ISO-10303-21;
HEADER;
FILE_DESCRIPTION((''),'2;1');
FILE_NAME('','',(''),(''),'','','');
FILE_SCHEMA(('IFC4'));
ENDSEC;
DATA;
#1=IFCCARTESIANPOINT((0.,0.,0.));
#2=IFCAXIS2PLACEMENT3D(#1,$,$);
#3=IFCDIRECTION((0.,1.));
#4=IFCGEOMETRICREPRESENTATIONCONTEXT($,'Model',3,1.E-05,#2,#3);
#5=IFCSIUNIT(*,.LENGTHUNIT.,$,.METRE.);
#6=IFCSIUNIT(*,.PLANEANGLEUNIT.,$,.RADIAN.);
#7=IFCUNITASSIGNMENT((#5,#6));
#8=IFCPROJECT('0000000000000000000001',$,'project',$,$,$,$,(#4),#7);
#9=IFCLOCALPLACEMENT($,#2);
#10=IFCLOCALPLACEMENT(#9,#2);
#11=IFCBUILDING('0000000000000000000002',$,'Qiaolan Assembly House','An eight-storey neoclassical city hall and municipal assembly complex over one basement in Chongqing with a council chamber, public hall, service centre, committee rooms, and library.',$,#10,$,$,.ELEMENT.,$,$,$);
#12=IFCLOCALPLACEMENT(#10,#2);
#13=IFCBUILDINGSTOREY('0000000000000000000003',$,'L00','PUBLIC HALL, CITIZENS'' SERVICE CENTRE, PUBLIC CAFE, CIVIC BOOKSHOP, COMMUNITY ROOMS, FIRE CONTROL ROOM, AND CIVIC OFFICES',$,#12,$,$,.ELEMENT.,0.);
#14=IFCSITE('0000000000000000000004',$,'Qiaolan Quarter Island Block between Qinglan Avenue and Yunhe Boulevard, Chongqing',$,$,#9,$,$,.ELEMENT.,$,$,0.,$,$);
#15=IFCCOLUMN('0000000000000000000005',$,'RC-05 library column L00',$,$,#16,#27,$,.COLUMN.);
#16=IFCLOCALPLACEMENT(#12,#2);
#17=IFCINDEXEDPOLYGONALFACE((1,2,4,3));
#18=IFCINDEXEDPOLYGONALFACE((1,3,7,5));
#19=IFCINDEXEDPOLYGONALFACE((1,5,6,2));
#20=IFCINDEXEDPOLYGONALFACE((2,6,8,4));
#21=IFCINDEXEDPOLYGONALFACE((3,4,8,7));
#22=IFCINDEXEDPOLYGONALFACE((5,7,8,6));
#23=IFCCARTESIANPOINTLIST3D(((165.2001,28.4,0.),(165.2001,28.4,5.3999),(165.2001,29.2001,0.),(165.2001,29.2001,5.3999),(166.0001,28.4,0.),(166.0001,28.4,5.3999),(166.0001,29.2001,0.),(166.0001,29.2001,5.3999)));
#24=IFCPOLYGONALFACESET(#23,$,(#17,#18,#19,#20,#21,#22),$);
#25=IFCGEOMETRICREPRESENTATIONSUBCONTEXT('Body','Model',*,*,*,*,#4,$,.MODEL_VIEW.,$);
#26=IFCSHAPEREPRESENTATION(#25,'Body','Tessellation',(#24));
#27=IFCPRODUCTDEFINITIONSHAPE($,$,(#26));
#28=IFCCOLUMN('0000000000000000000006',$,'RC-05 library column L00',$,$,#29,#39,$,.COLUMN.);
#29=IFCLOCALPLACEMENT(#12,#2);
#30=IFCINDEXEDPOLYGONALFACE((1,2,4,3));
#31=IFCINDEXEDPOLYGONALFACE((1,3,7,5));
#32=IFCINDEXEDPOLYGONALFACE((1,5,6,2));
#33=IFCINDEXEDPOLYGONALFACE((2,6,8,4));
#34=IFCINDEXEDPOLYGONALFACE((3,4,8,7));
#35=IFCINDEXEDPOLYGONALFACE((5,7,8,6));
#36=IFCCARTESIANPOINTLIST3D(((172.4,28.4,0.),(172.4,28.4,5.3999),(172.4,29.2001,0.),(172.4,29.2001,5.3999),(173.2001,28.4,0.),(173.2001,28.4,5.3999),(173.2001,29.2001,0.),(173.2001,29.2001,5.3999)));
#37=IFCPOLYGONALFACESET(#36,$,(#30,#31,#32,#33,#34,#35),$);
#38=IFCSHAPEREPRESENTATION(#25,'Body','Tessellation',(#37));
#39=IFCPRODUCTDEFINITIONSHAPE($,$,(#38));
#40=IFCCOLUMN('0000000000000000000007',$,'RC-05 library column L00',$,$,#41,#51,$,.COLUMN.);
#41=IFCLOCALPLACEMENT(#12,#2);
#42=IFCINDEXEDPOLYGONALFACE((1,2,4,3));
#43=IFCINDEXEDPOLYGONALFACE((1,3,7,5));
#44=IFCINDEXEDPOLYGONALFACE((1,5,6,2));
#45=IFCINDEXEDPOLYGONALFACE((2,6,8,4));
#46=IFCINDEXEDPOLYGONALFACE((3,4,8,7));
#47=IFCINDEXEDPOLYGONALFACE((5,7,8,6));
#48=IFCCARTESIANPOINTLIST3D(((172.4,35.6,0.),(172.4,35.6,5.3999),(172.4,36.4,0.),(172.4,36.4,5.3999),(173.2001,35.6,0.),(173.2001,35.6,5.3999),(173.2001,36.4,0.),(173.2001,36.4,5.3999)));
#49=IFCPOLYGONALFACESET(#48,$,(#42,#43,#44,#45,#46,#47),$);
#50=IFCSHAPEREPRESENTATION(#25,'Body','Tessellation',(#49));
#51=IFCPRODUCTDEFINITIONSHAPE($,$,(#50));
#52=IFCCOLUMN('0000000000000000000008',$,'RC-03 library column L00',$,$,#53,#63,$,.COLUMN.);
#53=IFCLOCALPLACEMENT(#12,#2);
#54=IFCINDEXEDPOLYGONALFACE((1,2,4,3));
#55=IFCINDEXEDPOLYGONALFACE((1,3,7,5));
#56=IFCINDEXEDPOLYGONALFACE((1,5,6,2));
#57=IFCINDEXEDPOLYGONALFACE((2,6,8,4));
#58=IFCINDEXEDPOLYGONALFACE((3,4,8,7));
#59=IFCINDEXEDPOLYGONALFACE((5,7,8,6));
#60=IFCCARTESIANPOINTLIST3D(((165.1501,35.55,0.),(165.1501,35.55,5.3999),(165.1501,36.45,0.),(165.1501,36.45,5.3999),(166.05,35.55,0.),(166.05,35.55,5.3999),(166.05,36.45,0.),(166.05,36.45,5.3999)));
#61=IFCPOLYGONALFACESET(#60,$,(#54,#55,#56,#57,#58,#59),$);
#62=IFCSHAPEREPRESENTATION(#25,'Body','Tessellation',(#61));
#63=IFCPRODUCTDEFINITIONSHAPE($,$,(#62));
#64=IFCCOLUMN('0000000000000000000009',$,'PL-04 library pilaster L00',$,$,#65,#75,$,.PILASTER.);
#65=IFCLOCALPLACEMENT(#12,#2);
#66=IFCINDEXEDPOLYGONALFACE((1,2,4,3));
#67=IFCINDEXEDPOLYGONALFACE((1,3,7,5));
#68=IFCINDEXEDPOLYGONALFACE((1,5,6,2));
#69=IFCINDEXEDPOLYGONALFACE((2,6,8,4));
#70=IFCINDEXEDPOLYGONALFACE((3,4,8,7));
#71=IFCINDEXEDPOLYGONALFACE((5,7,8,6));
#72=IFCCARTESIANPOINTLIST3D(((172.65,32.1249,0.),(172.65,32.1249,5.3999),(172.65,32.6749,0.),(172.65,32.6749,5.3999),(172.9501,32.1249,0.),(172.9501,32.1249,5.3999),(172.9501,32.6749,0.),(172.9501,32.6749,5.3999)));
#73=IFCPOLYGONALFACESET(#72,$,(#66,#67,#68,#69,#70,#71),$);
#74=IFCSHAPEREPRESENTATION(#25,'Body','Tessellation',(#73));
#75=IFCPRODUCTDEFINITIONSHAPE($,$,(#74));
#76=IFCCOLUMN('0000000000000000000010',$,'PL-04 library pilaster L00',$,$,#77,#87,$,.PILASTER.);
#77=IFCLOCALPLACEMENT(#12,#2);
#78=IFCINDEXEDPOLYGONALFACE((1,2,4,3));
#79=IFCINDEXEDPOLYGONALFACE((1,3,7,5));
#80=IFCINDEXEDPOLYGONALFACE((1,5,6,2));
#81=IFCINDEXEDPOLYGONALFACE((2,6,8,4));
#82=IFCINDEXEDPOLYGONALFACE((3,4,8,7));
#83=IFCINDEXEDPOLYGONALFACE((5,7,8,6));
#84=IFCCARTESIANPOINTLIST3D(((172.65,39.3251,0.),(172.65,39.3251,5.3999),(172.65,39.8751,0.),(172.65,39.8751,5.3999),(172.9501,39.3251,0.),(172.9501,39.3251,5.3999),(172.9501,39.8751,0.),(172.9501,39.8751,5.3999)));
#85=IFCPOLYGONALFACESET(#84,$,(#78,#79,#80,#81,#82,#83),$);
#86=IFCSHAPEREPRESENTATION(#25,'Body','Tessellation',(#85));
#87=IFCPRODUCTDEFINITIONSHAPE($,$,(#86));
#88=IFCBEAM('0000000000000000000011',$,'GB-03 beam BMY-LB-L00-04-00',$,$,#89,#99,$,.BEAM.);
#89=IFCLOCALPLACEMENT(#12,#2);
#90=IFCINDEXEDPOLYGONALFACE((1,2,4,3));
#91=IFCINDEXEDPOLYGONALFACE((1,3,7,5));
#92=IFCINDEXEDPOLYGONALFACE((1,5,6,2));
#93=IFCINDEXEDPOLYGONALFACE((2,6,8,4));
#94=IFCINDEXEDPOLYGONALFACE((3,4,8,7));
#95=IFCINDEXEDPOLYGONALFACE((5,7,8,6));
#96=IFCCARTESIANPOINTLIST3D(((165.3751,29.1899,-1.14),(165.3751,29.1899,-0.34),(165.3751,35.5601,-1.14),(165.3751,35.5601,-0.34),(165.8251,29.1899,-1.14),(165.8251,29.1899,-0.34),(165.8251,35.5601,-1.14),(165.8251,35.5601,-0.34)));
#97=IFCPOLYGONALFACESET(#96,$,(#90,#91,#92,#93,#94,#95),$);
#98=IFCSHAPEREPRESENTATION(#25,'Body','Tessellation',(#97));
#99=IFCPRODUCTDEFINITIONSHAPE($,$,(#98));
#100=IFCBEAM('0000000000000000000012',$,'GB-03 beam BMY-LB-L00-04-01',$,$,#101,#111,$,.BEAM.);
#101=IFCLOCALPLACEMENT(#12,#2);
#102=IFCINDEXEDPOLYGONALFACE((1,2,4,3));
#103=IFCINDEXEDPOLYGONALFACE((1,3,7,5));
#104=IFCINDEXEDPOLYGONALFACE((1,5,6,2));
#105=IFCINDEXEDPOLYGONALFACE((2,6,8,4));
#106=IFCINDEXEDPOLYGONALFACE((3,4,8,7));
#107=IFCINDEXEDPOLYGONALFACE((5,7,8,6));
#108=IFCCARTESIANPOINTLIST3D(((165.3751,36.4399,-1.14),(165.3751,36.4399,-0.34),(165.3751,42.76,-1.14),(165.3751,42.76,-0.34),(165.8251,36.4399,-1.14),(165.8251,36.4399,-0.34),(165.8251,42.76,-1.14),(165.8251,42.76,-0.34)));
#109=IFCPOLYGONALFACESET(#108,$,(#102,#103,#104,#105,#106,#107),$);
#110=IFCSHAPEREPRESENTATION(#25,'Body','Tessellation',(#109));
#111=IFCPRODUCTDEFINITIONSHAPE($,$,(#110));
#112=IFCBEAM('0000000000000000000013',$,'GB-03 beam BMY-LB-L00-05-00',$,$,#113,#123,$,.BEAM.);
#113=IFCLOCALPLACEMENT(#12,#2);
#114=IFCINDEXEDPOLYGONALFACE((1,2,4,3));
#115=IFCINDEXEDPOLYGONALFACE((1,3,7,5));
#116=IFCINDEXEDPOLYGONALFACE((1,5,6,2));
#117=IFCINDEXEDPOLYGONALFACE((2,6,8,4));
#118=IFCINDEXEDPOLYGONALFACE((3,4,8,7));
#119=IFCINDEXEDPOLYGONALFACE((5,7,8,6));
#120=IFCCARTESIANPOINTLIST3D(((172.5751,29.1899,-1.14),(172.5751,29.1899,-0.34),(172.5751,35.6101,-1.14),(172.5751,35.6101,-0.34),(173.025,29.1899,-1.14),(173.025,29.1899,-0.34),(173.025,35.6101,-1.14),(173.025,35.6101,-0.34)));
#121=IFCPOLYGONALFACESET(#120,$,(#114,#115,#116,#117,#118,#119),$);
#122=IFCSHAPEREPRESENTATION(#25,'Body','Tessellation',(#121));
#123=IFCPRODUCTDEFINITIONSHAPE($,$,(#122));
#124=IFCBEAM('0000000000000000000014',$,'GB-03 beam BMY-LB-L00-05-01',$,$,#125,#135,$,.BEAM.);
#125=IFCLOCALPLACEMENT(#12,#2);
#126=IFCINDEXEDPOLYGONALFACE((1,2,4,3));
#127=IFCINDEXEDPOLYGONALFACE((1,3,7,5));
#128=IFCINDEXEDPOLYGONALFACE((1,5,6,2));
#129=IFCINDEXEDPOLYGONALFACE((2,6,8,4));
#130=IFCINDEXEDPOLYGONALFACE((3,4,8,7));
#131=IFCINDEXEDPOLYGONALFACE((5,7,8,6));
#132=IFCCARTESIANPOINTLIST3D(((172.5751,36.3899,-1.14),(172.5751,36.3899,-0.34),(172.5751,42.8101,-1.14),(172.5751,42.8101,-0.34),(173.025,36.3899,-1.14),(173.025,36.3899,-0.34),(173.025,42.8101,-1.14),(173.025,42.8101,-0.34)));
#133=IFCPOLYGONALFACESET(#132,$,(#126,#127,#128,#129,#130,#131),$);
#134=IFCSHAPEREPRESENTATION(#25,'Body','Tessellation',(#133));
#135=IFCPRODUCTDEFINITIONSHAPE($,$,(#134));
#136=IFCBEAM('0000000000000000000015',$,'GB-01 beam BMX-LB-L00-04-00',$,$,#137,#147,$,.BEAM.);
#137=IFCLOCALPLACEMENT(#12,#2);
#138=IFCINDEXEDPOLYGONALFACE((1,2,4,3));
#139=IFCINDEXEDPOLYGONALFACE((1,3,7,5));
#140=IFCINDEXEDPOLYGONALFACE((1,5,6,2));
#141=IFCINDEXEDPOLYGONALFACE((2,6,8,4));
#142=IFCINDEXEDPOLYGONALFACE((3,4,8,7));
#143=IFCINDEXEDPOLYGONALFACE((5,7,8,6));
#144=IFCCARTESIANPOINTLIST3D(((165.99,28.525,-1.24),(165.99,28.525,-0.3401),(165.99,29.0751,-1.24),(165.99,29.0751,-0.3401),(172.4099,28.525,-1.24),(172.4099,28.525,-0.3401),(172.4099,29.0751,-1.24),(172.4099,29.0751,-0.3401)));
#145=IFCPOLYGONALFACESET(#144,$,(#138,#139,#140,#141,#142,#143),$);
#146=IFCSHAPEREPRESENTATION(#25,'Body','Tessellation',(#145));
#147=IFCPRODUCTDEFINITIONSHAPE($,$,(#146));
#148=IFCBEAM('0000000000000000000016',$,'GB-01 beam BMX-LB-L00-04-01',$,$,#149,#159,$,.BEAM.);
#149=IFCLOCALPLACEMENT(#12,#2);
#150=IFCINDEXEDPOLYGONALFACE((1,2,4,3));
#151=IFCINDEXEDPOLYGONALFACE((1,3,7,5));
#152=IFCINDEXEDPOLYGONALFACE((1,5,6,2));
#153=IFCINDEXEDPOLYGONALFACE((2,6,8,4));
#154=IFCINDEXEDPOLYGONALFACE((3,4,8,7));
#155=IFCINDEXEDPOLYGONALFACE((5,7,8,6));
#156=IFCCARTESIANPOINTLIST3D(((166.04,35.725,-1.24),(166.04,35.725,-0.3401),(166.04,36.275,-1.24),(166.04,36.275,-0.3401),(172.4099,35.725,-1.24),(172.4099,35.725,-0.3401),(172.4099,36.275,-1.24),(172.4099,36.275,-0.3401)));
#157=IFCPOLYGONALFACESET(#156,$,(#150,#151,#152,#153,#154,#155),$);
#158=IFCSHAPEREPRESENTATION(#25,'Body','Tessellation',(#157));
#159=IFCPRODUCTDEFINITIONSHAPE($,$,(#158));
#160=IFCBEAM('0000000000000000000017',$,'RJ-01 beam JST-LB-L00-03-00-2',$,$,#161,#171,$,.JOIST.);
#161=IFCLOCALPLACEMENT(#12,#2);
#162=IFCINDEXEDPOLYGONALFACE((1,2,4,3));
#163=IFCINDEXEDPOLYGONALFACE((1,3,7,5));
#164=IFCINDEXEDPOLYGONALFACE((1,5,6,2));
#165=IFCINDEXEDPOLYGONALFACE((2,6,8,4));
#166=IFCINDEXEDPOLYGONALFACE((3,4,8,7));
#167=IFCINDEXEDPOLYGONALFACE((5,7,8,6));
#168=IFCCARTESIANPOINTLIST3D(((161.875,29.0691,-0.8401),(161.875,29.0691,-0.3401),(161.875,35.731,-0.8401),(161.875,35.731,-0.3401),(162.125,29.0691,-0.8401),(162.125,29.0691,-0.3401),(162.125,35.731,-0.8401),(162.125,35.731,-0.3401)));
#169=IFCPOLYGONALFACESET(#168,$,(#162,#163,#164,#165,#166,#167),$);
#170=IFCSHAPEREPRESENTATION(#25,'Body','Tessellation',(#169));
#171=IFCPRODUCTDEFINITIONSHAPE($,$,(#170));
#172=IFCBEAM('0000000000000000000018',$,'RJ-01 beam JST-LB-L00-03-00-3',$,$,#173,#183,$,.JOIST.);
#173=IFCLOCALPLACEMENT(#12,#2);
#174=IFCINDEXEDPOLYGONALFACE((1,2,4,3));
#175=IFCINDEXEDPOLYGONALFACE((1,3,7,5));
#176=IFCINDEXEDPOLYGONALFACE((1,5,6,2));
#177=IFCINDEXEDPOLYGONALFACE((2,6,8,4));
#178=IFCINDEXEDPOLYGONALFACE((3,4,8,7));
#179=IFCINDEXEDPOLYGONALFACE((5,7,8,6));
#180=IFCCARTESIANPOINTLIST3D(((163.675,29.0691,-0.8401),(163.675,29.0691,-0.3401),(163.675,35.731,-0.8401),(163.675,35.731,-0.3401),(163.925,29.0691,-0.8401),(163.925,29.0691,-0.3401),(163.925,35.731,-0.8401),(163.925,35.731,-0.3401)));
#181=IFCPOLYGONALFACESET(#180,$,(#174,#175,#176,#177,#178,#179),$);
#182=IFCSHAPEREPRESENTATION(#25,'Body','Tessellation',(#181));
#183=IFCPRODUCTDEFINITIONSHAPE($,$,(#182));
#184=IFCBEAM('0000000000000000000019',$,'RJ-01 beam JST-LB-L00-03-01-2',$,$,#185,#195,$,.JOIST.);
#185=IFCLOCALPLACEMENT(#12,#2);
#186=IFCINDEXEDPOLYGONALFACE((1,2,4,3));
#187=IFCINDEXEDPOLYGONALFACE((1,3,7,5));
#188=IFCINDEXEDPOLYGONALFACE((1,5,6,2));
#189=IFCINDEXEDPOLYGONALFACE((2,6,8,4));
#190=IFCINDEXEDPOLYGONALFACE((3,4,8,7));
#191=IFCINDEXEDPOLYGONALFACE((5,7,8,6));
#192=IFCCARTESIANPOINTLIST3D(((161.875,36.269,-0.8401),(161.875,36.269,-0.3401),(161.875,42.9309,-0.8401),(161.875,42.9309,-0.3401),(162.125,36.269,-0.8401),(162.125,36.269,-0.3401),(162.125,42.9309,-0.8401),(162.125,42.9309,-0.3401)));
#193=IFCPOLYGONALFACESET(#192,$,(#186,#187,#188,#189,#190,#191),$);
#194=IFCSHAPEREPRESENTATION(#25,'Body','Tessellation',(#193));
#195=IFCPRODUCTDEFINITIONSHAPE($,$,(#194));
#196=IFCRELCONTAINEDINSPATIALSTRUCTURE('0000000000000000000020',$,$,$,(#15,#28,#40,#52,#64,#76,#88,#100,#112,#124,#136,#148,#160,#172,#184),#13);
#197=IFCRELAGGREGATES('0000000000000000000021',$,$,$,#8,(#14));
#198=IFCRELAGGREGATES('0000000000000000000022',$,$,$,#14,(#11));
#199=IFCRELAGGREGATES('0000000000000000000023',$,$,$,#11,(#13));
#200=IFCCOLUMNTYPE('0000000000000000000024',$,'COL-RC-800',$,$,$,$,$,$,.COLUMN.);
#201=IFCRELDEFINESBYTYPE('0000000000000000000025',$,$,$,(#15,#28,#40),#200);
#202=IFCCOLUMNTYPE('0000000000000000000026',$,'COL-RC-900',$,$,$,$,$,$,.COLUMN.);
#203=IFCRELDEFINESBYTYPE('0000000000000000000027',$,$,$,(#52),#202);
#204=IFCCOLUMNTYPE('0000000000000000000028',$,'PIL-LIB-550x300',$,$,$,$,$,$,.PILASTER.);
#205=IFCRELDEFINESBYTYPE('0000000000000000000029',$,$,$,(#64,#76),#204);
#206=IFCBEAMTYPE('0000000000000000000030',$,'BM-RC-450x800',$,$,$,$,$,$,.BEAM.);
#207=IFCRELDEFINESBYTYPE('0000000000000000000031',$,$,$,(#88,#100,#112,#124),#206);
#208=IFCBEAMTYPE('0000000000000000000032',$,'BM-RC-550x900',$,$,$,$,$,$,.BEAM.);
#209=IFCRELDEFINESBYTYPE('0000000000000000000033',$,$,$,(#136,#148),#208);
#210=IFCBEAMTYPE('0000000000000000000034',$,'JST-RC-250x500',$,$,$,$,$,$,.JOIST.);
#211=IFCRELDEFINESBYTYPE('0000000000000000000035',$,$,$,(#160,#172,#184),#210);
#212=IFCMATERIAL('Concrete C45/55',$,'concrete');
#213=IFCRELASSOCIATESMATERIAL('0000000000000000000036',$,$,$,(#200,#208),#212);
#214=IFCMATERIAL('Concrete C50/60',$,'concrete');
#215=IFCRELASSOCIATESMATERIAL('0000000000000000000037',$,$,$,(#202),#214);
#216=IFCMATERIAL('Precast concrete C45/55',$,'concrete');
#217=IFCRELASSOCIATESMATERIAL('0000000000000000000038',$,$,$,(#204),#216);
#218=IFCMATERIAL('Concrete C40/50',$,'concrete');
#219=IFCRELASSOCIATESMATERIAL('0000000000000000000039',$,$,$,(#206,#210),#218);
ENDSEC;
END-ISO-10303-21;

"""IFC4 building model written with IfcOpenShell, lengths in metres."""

from ifc_helpers import new_model, si_unit, direction, frame, origin, origin_2d, place, context, subcontext, project, spatial, rectangle, extrude, material, material_profile, profile_set, type_object, element, save


model = new_model("IFC4")

# Units and contexts
model_context = context("Model", 3, precision=1e-05, world=origin(), true_north=direction((0.0, 1.0)))
body_context = subcontext(model_context, "Body", "Model", "MODEL_VIEW")
ifc_project = project(units=[si_unit("LENGTHUNIT", "METRE"), si_unit("PLANEANGLEUNIT", "RADIAN")], contexts=[model_context])

# Site, building, storey
site_placement = place(None, origin())
site = spatial("IfcSite", under=ifc_project, at=site_placement, Name="Qiaolan Quarter Island Block between Qinglan Avenue and Yunhe Boulevard, Chongqing", CompositionType="ELEMENT", RefElevation=0.0)
building_placement = place(site_placement, origin())
building = spatial("IfcBuilding", under=site, at=building_placement, Name="Qiaolan Assembly House", Description="An eight-storey neoclassical city hall and municipal assembly complex over one basement in Chongqing with a council chamber, public hall, service centre, committee rooms, and library.", CompositionType="ELEMENT")
storey_placement = place(building_placement, origin())
storey = spatial("IfcBuildingStorey", under=building, at=storey_placement, Name="L00", Description="PUBLIC HALL, CITIZENS' SERVICE CENTRE, PUBLIC CAFE, CIVIC BOOKSHOP, COMMUNITY ROOMS, FIRE CONTROL ROOM, AND CIVIC OFFICES", CompositionType="ELEMENT", Elevation=0.0)

# Columns
ifc_material_1 = material(Name="Concrete C45/55", Category="concrete")
ifc_material_profile_1 = material_profile(ifc_material_1, rectangle(XDim=0.8, YDim=0.8, at=origin_2d()), Name="RC 800x800")
ifc_profile_set_1 = profile_set([ifc_material_profile_1], Name="Concrete C45/55")
column_type_1 = type_object("IfcColumnType", Name="COL-RC-800", PredefinedType="COLUMN", material=ifc_profile_set_1)
for number, where, z_axis, x_axis, name in (
    (1, (165.6001, 28.8, 0.0), (0.0, 0.0, 1.0), (1.0, 0.0, 0.0), "RC-05 library column L00"),
    (2, (172.8, 28.8, 0.0), (0.0, 0.0, 1.0), (1.0, 0.0, 0.0), "RC-05 library column L00"),
    (3, (172.8, 36.0, 0.0), (0.0, 0.0, 1.0), (1.0, 0.0, 0.0), "RC-05 library column L00"),
):
    element("IfcColumn", number, at=place(storey_placement, frame(where, z_axis=z_axis, x_axis=x_axis)), inside=storey, type_object=column_type_1, Name=name, PredefinedType="COLUMN", context=body_context, shape_type="SweptSolid", body=[
        extrude(rectangle(XDim=0.8, YDim=0.8, at=origin_2d()), origin(), (0.0, 0.0, 1.0), 5.3999),
    ])
ifc_material_2 = material(Name="Concrete C50/60", Category="concrete")
ifc_material_profile_2 = material_profile(ifc_material_2, rectangle(XDim=0.8999, YDim=0.8999, at=origin_2d()), Name="RC 900x900")
ifc_profile_set_2 = profile_set([ifc_material_profile_2], Name="Concrete C50/60")
column_type_2 = type_object("IfcColumnType", Name="COL-RC-900", PredefinedType="COLUMN", material=ifc_profile_set_2)
column_placement = place(storey_placement, frame((165.6001, 36.0, 0.0), z_axis=(0.0, 0.0, 1.0), x_axis=(1.0, 0.0, 0.0)))
element("IfcColumn", 4, at=column_placement, inside=storey, type_object=column_type_2, Name="RC-03 library column L00", PredefinedType="COLUMN", context=body_context, shape_type="SweptSolid", body=[
    extrude(rectangle(XDim=0.8999, YDim=0.8999, at=origin_2d()), origin(), (0.0, 0.0, 1.0), 5.3999),
])
ifc_material_3 = material(Name="Precast concrete C45/55", Category="concrete")
ifc_material_profile_3 = material_profile(ifc_material_3, rectangle(XDim=0.55, YDim=0.3, at=origin_2d()), Name="PIL 550x300")
ifc_profile_set_3 = profile_set([ifc_material_profile_3], Name="Precast concrete C45/55")
column_type_3 = type_object("IfcColumnType", Name="PIL-LIB-550x300", PredefinedType="PILASTER", material=ifc_profile_set_3)
for number, where, z_axis, x_axis, name in (
    (5, (172.8, 32.3999, 0.0), (0.0, 0.0, 1.0), (0.0, 1.0, 0.0), "PL-04 library pilaster L00"),
    (6, (172.8, 39.6001, 0.0), (0.0, 0.0, 1.0), (0.0, 1.0, 0.0), "PL-04 library pilaster L00"),
):
    element("IfcColumn", number, at=place(storey_placement, frame(where, z_axis=z_axis, x_axis=x_axis)), inside=storey, type_object=column_type_3, Name=name, PredefinedType="PILASTER", context=body_context, shape_type="SweptSolid", body=[
        extrude(rectangle(XDim=0.55, YDim=0.3, at=origin_2d()), origin(), (0.0, 0.0, 1.0), 5.3999),
    ])

# Beams
ifc_material_4 = material(Name="Concrete C40/50", Category="concrete")
ifc_material_profile_4 = material_profile(ifc_material_4, rectangle(XDim=0.45, YDim=0.8, at=origin_2d()), Name="RCB 450x800")
ifc_profile_set_4 = profile_set([ifc_material_profile_4], Name="Concrete C40/50")
beam_type_1 = type_object("IfcBeamType", Name="BM-RC-450x800", PredefinedType="BEAM", material=ifc_profile_set_4)
beam_1_placement = place(storey_placement, frame((165.6001, 29.1899, -0.74), z_axis=(0.0, 1.0, 0.0), x_axis=(-1.0, 0.0, 0.0)))
element("IfcBeam", 7, at=beam_1_placement, inside=storey, type_object=beam_type_1, Name="GB-03 beam BMY-LB-L00-04-00", PredefinedType="BEAM", context=body_context, shape_type="SweptSolid", body=[
    extrude(rectangle(XDim=0.45, YDim=0.8, at=origin_2d()), origin(), (0.0, 0.0, 1.0), 6.3701),
])
beam_2_placement = place(storey_placement, frame((165.6001, 36.4399, -0.74), z_axis=(0.0, 1.0, 0.0), x_axis=(-1.0, 0.0, 0.0)))
element("IfcBeam", 8, at=beam_2_placement, inside=storey, type_object=beam_type_1, Name="GB-03 beam BMY-LB-L00-04-01", PredefinedType="BEAM", context=body_context, shape_type="SweptSolid", body=[
    extrude(rectangle(XDim=0.45, YDim=0.8, at=origin_2d()), origin(), (0.0, 0.0, 1.0), 6.3201),
])
for number, where, z_axis, x_axis, name in (
    (9, (172.8, 29.1899, -0.74), (0.0, 1.0, 0.0), (-1.0, 0.0, 0.0), "GB-03 beam BMY-LB-L00-05-00"),
    (10, (172.8, 36.3899, -0.74), (0.0, 1.0, 0.0), (-1.0, 0.0, 0.0), "GB-03 beam BMY-LB-L00-05-01"),
):
    element("IfcBeam", number, at=place(storey_placement, frame(where, z_axis=z_axis, x_axis=x_axis)), inside=storey, type_object=beam_type_1, Name=name, PredefinedType="BEAM", context=body_context, shape_type="SweptSolid", body=[
        extrude(rectangle(XDim=0.45, YDim=0.8, at=origin_2d()), origin(), (0.0, 0.0, 1.0), 6.4202),
    ])
ifc_material_profile_5 = material_profile(ifc_material_1, rectangle(XDim=0.55, YDim=0.8999, at=origin_2d()), Name="RCB 550x900")
ifc_profile_set_5 = profile_set([ifc_material_profile_5], Name="Concrete C45/55")
beam_type_2 = type_object("IfcBeamType", Name="BM-RC-550x900", PredefinedType="BEAM", material=ifc_profile_set_5)
beam_3_placement = place(storey_placement, frame((165.99, 28.8, -0.79), z_axis=(1.0, 0.0, 0.0), x_axis=(0.0, 1.0, 0.0)))
element("IfcBeam", 11, at=beam_3_placement, inside=storey, type_object=beam_type_2, Name="GB-01 beam BMX-LB-L00-04-00", PredefinedType="BEAM", context=body_context, shape_type="SweptSolid", body=[
    extrude(rectangle(XDim=0.55, YDim=0.8999, at=origin_2d()), origin(), (0.0, 0.0, 1.0), 6.4199),
])
beam_4_placement = place(storey_placement, frame((166.04, 36.0, -0.79), z_axis=(1.0, 0.0, 0.0), x_axis=(0.0, 1.0, 0.0)))
element("IfcBeam", 12, at=beam_4_placement, inside=storey, type_object=beam_type_2, Name="GB-01 beam BMX-LB-L00-04-01", PredefinedType="BEAM", context=body_context, shape_type="SweptSolid", body=[
    extrude(rectangle(XDim=0.55, YDim=0.8999, at=origin_2d()), origin(), (0.0, 0.0, 1.0), 6.3699),
])
ifc_material_profile_6 = material_profile(ifc_material_4, rectangle(XDim=0.25, YDim=0.5, at=origin_2d()), Name="RCB 250x500")
ifc_profile_set_6 = profile_set([ifc_material_profile_6], Name="Concrete C40/50")
beam_type_3 = type_object("IfcBeamType", Name="JST-RC-250x500", PredefinedType="JOIST", material=ifc_profile_set_6)
for number, where, z_axis, x_axis, name in (
    (13, (162.0, 29.0691, -0.5901), (0.0, 1.0, 0.0), (-1.0, 0.0, 0.0), "RJ-01 beam JST-LB-L00-03-00-2"),
    (14, (163.8, 29.0691, -0.5901), (0.0, 1.0, 0.0), (-1.0, 0.0, 0.0), "RJ-01 beam JST-LB-L00-03-00-3"),
    (15, (162.0, 36.269, -0.5901), (0.0, 1.0, 0.0), (-1.0, 0.0, 0.0), "RJ-01 beam JST-LB-L00-03-01-2"),
):
    element("IfcBeam", number, at=place(storey_placement, frame(where, z_axis=z_axis, x_axis=x_axis)), inside=storey, type_object=beam_type_3, Name=name, PredefinedType="JOIST", context=body_context, shape_type="SweptSolid", body=[
        extrude(rectangle(XDim=0.25, YDim=0.5, at=origin_2d()), origin(), (0.0, 0.0, 1.0), 6.6619),
    ])

save(model, "model.ifc")
